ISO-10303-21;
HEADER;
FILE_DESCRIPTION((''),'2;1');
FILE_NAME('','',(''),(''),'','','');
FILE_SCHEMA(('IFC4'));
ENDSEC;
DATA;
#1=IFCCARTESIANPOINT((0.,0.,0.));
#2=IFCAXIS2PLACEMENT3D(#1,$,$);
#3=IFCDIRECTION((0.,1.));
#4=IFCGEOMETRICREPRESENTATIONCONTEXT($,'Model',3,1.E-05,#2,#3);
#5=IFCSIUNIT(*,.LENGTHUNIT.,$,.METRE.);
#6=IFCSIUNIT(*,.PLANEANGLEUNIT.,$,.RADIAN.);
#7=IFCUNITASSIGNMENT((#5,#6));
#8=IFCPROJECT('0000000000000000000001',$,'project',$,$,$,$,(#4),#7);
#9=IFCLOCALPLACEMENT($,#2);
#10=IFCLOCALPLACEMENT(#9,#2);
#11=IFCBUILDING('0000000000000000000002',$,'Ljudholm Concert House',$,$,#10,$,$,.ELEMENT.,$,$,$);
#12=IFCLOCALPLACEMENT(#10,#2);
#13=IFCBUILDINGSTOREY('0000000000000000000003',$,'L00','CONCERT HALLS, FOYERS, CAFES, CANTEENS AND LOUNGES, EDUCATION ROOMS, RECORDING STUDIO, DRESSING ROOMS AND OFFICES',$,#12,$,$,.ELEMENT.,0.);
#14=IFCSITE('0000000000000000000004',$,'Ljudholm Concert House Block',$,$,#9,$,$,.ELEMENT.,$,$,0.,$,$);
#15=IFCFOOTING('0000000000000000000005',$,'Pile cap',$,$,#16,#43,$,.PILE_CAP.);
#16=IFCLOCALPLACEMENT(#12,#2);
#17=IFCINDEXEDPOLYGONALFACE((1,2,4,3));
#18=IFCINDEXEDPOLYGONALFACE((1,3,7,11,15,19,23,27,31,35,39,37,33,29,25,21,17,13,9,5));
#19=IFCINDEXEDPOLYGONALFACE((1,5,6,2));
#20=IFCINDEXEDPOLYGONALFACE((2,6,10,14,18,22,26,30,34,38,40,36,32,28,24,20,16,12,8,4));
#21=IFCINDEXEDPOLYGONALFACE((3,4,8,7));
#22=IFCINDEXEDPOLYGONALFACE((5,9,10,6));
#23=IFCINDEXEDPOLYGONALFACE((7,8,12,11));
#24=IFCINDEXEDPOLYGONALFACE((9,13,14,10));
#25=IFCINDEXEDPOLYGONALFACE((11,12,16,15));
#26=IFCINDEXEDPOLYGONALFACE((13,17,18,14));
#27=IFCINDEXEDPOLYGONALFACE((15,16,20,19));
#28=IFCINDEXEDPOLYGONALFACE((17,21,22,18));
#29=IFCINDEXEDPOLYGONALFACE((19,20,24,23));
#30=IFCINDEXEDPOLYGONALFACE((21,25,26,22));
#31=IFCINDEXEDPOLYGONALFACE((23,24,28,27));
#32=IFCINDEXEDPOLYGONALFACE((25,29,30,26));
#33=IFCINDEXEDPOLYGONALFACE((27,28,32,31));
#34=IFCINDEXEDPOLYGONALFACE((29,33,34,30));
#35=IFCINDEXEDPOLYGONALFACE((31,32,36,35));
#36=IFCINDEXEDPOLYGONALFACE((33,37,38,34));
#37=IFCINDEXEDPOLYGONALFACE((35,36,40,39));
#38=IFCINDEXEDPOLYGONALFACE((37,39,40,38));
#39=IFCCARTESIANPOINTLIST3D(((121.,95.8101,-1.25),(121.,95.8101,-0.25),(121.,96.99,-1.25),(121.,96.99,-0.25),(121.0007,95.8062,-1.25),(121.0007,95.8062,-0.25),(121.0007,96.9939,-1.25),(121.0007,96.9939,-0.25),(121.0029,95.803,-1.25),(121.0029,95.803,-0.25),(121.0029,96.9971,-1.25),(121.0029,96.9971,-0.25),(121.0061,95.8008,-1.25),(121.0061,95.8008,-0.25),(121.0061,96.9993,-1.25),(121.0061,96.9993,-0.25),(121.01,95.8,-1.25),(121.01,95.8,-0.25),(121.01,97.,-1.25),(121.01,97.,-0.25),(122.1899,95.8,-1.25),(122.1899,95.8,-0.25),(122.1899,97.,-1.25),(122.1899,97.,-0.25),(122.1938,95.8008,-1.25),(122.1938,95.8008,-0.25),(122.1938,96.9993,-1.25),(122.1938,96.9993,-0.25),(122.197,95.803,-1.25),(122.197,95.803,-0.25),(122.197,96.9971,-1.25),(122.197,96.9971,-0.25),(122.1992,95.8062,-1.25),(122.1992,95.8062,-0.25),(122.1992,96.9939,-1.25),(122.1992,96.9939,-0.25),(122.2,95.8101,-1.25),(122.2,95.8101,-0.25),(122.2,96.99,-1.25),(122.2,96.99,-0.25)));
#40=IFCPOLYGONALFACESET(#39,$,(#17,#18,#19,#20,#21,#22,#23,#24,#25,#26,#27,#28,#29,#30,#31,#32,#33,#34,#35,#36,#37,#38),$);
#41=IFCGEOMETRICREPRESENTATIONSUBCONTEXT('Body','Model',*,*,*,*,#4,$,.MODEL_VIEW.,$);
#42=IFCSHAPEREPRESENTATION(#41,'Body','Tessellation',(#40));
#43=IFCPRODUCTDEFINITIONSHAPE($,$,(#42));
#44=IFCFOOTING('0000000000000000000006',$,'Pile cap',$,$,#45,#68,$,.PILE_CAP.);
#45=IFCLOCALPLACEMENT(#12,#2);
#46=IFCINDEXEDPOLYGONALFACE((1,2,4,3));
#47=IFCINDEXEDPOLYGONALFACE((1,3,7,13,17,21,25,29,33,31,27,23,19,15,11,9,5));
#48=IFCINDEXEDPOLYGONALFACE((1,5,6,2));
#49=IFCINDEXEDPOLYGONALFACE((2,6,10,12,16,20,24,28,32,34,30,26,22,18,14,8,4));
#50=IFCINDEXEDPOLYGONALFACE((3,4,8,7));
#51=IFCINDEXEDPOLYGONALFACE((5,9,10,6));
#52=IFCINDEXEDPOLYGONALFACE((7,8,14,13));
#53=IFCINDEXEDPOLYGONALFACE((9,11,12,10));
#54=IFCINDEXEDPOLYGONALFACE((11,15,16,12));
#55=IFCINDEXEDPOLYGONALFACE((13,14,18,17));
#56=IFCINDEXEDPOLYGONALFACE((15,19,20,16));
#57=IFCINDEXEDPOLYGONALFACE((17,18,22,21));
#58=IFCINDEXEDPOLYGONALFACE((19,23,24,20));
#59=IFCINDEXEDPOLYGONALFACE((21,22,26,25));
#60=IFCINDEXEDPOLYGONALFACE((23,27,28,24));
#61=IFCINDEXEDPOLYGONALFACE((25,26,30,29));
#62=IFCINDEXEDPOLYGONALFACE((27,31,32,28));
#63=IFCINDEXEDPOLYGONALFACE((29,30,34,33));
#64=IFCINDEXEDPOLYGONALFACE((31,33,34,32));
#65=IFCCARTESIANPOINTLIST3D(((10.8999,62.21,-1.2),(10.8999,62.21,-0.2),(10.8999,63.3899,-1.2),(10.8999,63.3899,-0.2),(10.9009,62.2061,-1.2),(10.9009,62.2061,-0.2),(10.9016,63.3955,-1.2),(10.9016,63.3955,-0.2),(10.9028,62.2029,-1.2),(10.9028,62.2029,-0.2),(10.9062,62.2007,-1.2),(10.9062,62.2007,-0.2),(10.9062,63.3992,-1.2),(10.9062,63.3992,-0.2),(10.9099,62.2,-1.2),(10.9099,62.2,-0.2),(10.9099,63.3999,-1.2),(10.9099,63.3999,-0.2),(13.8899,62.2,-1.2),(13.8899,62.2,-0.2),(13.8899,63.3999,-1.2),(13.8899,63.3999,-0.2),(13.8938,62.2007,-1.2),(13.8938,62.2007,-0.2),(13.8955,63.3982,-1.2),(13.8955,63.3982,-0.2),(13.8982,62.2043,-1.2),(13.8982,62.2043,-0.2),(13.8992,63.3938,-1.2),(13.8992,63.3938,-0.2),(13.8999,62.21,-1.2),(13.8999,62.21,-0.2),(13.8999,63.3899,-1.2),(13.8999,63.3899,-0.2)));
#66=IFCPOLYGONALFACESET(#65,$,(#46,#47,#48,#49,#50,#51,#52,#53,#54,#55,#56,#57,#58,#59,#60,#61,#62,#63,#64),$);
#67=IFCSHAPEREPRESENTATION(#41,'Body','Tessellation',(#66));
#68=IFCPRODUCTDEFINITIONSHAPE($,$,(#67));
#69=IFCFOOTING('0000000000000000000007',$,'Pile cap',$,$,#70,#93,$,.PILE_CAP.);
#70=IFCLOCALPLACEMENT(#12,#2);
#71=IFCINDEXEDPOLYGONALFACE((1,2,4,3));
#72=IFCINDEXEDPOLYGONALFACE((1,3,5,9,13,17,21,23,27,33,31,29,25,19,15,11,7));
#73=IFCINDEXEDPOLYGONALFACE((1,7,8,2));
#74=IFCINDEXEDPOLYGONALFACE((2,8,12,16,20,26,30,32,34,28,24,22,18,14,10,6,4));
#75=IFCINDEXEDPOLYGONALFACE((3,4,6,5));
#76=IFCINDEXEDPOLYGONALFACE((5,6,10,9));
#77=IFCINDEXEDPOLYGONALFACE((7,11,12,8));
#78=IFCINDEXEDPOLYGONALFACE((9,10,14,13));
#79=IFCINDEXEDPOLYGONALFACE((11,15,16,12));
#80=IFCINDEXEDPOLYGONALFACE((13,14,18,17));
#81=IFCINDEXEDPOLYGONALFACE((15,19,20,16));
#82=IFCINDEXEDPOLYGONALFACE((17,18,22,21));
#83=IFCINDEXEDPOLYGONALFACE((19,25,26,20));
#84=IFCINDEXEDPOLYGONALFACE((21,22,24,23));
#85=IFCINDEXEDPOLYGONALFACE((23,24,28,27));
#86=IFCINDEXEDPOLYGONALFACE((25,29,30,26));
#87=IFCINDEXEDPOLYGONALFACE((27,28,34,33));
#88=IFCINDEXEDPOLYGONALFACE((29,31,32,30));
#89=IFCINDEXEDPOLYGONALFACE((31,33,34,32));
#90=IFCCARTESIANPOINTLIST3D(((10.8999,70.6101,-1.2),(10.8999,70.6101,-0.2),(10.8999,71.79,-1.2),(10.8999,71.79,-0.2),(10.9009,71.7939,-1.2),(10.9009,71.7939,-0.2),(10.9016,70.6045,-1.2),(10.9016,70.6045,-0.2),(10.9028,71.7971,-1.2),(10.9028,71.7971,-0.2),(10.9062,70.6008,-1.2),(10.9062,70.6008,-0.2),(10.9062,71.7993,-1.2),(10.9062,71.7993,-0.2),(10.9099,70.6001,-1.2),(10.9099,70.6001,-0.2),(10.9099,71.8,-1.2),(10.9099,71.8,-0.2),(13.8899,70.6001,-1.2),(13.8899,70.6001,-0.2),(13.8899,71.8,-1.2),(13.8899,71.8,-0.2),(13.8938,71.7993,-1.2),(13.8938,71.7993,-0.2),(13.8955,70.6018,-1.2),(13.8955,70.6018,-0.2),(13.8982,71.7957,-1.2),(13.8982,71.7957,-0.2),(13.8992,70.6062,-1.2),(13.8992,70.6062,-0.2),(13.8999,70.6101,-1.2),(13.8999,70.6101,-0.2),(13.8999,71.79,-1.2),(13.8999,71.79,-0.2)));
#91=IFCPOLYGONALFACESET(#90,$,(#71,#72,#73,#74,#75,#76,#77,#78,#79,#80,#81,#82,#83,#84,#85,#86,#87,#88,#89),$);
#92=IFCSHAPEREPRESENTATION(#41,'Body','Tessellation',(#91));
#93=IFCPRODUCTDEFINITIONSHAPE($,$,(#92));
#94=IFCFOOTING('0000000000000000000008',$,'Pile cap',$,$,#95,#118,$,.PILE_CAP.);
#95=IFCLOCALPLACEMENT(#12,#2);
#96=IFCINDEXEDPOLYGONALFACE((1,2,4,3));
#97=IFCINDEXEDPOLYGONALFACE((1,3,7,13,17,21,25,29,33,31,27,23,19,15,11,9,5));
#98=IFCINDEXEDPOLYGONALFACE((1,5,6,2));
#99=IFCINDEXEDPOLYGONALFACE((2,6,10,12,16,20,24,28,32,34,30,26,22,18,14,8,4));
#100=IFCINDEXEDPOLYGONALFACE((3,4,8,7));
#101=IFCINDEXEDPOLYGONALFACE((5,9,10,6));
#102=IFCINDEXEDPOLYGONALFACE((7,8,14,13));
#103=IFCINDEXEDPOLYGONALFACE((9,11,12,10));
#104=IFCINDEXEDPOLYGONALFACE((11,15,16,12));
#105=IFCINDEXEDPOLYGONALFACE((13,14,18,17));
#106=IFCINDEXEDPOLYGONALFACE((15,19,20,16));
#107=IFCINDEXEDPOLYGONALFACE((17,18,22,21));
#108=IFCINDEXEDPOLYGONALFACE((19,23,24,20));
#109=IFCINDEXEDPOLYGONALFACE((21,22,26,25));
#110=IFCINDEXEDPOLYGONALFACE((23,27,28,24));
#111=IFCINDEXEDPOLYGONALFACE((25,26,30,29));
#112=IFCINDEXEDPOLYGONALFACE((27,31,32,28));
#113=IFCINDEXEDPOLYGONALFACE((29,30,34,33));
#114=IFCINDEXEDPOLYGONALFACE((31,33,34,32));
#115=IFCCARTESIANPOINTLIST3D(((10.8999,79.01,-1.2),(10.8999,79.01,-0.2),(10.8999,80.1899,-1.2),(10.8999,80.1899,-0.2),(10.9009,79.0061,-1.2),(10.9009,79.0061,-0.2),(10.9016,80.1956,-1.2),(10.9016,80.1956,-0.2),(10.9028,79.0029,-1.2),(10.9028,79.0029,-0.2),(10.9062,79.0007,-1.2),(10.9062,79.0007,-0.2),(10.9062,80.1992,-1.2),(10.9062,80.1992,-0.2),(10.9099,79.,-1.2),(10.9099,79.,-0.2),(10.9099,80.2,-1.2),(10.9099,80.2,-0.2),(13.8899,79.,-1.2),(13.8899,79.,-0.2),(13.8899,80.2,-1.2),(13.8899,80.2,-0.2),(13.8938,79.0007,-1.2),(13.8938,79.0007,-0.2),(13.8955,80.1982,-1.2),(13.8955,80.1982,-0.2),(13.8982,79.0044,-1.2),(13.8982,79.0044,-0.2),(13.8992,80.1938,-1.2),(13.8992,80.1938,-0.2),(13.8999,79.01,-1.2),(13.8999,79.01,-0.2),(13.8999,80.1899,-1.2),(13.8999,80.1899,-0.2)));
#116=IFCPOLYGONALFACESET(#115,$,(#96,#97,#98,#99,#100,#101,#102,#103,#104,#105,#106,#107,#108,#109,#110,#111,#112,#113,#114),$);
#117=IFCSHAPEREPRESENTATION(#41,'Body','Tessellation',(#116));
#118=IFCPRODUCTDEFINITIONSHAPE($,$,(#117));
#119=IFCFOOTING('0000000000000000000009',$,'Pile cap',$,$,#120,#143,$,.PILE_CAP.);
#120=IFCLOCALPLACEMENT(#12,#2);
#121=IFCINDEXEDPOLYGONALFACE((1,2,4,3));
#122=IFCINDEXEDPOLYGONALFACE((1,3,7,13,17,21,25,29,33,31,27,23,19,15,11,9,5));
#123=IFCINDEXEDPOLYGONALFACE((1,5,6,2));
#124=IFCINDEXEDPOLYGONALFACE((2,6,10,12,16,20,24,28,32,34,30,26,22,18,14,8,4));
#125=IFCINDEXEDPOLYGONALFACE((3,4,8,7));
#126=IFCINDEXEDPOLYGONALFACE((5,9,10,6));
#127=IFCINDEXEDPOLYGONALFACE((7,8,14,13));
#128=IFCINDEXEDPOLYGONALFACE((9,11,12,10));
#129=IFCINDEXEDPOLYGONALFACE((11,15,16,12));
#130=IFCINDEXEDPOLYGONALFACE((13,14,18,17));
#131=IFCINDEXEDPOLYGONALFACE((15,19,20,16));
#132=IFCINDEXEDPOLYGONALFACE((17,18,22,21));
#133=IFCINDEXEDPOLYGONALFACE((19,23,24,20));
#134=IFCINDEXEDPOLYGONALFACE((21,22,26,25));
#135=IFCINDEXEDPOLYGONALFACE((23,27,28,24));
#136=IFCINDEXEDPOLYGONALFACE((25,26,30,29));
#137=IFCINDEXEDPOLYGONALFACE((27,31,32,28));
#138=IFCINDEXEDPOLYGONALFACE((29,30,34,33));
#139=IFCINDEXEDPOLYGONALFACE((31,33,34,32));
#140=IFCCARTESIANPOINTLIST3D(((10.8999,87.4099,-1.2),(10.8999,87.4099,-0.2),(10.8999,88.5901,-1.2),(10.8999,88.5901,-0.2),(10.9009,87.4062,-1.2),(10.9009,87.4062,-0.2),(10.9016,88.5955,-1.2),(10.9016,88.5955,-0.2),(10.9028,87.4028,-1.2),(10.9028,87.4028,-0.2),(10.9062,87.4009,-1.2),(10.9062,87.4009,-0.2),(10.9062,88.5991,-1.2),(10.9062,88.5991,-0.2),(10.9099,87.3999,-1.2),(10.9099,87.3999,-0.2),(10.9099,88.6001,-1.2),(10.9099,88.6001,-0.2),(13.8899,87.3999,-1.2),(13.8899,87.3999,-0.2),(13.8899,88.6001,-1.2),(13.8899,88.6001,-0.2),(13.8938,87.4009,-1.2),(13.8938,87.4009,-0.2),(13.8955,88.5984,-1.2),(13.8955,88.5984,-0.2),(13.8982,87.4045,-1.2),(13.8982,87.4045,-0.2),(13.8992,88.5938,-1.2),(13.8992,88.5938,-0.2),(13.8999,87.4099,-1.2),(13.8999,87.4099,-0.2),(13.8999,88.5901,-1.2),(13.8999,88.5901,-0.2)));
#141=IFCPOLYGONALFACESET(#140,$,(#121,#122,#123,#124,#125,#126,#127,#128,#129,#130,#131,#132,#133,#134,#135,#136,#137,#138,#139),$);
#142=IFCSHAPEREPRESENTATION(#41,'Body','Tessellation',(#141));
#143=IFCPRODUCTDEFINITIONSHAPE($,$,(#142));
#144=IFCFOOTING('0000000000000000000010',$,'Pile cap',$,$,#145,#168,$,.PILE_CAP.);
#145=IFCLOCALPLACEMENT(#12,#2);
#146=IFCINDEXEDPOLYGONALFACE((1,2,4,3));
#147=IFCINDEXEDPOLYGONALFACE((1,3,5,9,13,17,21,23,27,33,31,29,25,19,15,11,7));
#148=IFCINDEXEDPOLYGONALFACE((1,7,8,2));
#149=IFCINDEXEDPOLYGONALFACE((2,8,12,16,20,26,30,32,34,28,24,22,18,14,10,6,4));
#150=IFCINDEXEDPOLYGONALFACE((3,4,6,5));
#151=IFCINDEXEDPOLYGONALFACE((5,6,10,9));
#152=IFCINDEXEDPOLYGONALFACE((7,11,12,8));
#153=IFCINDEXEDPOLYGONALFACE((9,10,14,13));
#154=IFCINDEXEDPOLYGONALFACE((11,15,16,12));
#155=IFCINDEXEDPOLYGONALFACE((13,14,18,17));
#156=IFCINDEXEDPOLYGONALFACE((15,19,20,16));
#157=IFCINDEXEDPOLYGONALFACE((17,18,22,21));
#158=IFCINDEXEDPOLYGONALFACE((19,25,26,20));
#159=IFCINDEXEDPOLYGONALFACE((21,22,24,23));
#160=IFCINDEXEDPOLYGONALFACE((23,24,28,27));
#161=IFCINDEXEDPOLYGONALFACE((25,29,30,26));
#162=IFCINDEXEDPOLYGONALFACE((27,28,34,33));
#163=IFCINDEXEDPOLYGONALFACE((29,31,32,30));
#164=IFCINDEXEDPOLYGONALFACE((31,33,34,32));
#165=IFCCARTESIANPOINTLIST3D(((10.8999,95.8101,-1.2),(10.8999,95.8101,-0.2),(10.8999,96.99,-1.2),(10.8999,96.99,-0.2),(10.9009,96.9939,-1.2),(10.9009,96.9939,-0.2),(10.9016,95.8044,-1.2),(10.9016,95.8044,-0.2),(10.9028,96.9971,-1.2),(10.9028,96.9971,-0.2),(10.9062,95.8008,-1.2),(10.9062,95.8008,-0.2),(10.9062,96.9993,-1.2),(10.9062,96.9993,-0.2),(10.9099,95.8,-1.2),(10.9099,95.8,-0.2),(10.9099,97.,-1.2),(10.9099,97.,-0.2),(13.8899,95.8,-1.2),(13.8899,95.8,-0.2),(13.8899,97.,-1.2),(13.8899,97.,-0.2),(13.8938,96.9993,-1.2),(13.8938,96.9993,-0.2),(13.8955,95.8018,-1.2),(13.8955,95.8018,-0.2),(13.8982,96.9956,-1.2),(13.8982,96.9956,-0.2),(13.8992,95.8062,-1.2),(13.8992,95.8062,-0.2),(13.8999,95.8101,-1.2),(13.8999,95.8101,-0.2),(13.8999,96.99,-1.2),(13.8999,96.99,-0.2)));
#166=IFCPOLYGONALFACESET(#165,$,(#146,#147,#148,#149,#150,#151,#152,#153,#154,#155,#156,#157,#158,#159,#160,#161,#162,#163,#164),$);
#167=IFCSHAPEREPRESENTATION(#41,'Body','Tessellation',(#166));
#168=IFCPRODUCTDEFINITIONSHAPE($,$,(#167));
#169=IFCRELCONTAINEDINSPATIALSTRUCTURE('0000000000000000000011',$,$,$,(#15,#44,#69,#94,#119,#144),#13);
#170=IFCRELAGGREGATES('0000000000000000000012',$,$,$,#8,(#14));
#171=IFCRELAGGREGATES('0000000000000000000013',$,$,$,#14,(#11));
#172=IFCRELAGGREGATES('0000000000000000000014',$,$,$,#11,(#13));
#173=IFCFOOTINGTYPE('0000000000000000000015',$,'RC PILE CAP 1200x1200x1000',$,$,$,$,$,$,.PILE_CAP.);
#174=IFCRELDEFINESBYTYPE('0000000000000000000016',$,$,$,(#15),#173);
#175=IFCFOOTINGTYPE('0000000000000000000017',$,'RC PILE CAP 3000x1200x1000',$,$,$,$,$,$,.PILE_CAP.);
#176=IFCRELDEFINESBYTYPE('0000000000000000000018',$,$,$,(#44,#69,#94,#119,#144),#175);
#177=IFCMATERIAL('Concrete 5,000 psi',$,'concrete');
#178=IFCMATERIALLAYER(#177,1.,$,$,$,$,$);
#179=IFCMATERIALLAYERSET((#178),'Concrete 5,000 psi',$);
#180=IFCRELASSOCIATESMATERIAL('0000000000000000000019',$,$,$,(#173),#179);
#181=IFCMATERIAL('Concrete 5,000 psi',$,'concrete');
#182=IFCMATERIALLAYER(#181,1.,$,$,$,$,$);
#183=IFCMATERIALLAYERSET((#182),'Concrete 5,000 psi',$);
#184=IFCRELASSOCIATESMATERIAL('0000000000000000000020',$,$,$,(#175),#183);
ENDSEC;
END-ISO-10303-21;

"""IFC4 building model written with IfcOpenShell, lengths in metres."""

from ifc_helpers import new_model, si_unit, direction, frame, origin, place, context, subcontext, project, spatial, polyline, outline, extrude, material, layer, layer_set, type_object, element, save


model = new_model("IFC4")

# Units and contexts
model_context = context("Model", 3, precision=1e-05, world=origin(), true_north=direction((0.0, 1.0)))
body_context = subcontext(model_context, "Body", "Model", "MODEL_VIEW")
ifc_project = project(units=[si_unit("LENGTHUNIT", "METRE"), si_unit("PLANEANGLEUNIT", "RADIAN")], contexts=[model_context])

# Site, building, storey
site_placement = place(None, origin())
site = spatial("IfcSite", under=ifc_project, at=site_placement, Name="Ljudholm Concert House Block", CompositionType="ELEMENT", RefElevation=0.0)
building_placement = place(site_placement, origin())
building = spatial("IfcBuilding", under=site, at=building_placement, Name="Ljudholm Concert House", CompositionType="ELEMENT")
storey_placement = place(building_placement, origin())
storey = spatial("IfcBuildingStorey", under=building, at=storey_placement, Name="L00", Description="CONCERT HALLS, FOYERS, CAFES, CANTEENS AND LOUNGES, EDUCATION ROOMS, RECORDING STUDIO, DRESSING ROOMS AND OFFICES", CompositionType="ELEMENT", Elevation=0.0)

# Footings
ifc_material_1 = material(Name="Concrete 5,000 psi", Category="concrete")
ifc_layer_1 = layer(ifc_material_1, 1.0)
ifc_layer_set_1 = layer_set([ifc_layer_1], Name="Concrete 5,000 psi")
footing_type_1 = type_object("IfcFootingType", Name="RC PILE CAP 1200x1200x1000", PredefinedType="PILE_CAP", material=ifc_layer_set_1)
footing_1_placement = place(storey_placement, frame((0.0, 0.0, -1.25)))
element("IfcFooting", 1, at=footing_1_placement, inside=storey, type_object=footing_type_1, Name="Pile cap", PredefinedType="PILE_CAP", context=body_context, shape_type="SweptSolid", body=[
    extrude(outline(polyline([(121.0, 96.99), (121.0, 95.8101), (121.0007, 95.8062), (121.0029, 95.803), (121.0061, 95.8008), (121.01, 95.8), (122.1899, 95.8), (122.1938, 95.8008), (122.197, 95.803), (122.1992, 95.8062), (122.2, 95.8101), (122.2, 96.99), (122.1992, 96.9939), (122.197, 96.9971), (122.1938, 96.9993), (122.1899, 97.0), (121.01, 97.0), (121.0061, 96.9993), (121.0029, 96.9971), (121.0007, 96.9939), (121.0, 96.99)])), origin(), (0.0, 0.0, 1.0), 1.0),
])
ifc_material_2 = material(Name="Concrete 5,000 psi", Category="concrete")
ifc_layer_2 = layer(ifc_material_2, 1.0)
ifc_layer_set_2 = layer_set([ifc_layer_2], Name="Concrete 5,000 psi")
footing_type_2 = type_object("IfcFootingType", Name="RC PILE CAP 3000x1200x1000", PredefinedType="PILE_CAP", material=ifc_layer_set_2)
footing_2_placement = place(storey_placement, frame((0.0, 0.0, -1.2)))
element("IfcFooting", 2, at=footing_2_placement, inside=storey, type_object=footing_type_2, Name="Pile cap", PredefinedType="PILE_CAP", context=body_context, shape_type="SweptSolid", body=[
    extrude(outline(polyline([(10.9099, 62.2), (13.8899, 62.2), (13.8938, 62.2007), (13.8982, 62.2043), (13.8999, 62.21), (13.8999, 63.3899), (13.8992, 63.3938), (13.8955, 63.3982), (13.8899, 63.3999), (10.9099, 63.3999), (10.9062, 63.3992), (10.9016, 63.3955), (10.8999, 63.3899), (10.8999, 62.21), (10.9009, 62.2061), (10.9028, 62.2029), (10.9062, 62.2007), (10.9099, 62.2)])), origin(), (0.0, 0.0, 1.0), 1.0),
])
footing_3_placement = place(storey_placement, frame((0.0, 0.0, -1.2)))
element("IfcFooting", 3, at=footing_3_placement, inside=storey, type_object=footing_type_2, Name="Pile cap", PredefinedType="PILE_CAP", context=body_context, shape_type="SweptSolid", body=[
    extrude(outline(polyline([(10.8999, 71.79), (10.8999, 70.6101), (10.9016, 70.6045), (10.9062, 70.6008), (10.9099, 70.6001), (13.8899, 70.6001), (13.8955, 70.6018), (13.8992, 70.6062), (13.8999, 70.6101), (13.8999, 71.79), (13.8982, 71.7957), (13.8938, 71.7993), (13.8899, 71.8), (10.9099, 71.8), (10.9062, 71.7993), (10.9028, 71.7971), (10.9009, 71.7939), (10.8999, 71.79)])), origin(), (0.0, 0.0, 1.0), 1.0),
])
footing_4_placement = place(storey_placement, frame((0.0, 0.0, -1.2)))
element("IfcFooting", 4, at=footing_4_placement, inside=storey, type_object=footing_type_2, Name="Pile cap", PredefinedType="PILE_CAP", context=body_context, shape_type="SweptSolid", body=[
    extrude(outline(polyline([(10.9099, 79.0), (13.8899, 79.0), (13.8938, 79.0007), (13.8982, 79.0044), (13.8999, 79.01), (13.8999, 80.1899), (13.8992, 80.1938), (13.8955, 80.1982), (13.8899, 80.2), (10.9099, 80.2), (10.9062, 80.1992), (10.9016, 80.1956), (10.8999, 80.1899), (10.8999, 79.01), (10.9009, 79.0061), (10.9028, 79.0029), (10.9062, 79.0007), (10.9099, 79.0)])), origin(), (0.0, 0.0, 1.0), 1.0),
])
footing_5_placement = place(storey_placement, frame((0.0, 0.0, -1.2)))
element("IfcFooting", 5, at=footing_5_placement, inside=storey, type_object=footing_type_2, Name="Pile cap", PredefinedType="PILE_CAP", context=body_context, shape_type="SweptSolid", body=[
    extrude(outline(polyline([(10.9099, 87.3999), (13.8899, 87.3999), (13.8938, 87.4009), (13.8982, 87.4045), (13.8999, 87.4099), (13.8999, 88.5901), (13.8992, 88.5938), (13.8955, 88.5984), (13.8899, 88.6001), (10.9099, 88.6001), (10.9062, 88.5991), (10.9016, 88.5955), (10.8999, 88.5901), (10.8999, 87.4099), (10.9009, 87.4062), (10.9028, 87.4028), (10.9062, 87.4009), (10.9099, 87.3999)])), origin(), (0.0, 0.0, 1.0), 1.0),
])
footing_6_placement = place(storey_placement, frame((0.0, 0.0, -1.2)))
element("IfcFooting", 6, at=footing_6_placement, inside=storey, type_object=footing_type_2, Name="Pile cap", PredefinedType="PILE_CAP", context=body_context, shape_type="SweptSolid", body=[
    extrude(outline(polyline([(10.8999, 96.99), (10.8999, 95.8101), (10.9016, 95.8044), (10.9062, 95.8008), (10.9099, 95.8), (13.8899, 95.8), (13.8955, 95.8018), (13.8992, 95.8062), (13.8999, 95.8101), (13.8999, 96.99), (13.8982, 96.9956), (13.8938, 96.9993), (13.8899, 97.0), (10.9099, 97.0), (10.9062, 96.9993), (10.9028, 96.9971), (10.9009, 96.9939), (10.8999, 96.99)])), origin(), (0.0, 0.0, 1.0), 1.0),
])

save(model, "model.ifc")
